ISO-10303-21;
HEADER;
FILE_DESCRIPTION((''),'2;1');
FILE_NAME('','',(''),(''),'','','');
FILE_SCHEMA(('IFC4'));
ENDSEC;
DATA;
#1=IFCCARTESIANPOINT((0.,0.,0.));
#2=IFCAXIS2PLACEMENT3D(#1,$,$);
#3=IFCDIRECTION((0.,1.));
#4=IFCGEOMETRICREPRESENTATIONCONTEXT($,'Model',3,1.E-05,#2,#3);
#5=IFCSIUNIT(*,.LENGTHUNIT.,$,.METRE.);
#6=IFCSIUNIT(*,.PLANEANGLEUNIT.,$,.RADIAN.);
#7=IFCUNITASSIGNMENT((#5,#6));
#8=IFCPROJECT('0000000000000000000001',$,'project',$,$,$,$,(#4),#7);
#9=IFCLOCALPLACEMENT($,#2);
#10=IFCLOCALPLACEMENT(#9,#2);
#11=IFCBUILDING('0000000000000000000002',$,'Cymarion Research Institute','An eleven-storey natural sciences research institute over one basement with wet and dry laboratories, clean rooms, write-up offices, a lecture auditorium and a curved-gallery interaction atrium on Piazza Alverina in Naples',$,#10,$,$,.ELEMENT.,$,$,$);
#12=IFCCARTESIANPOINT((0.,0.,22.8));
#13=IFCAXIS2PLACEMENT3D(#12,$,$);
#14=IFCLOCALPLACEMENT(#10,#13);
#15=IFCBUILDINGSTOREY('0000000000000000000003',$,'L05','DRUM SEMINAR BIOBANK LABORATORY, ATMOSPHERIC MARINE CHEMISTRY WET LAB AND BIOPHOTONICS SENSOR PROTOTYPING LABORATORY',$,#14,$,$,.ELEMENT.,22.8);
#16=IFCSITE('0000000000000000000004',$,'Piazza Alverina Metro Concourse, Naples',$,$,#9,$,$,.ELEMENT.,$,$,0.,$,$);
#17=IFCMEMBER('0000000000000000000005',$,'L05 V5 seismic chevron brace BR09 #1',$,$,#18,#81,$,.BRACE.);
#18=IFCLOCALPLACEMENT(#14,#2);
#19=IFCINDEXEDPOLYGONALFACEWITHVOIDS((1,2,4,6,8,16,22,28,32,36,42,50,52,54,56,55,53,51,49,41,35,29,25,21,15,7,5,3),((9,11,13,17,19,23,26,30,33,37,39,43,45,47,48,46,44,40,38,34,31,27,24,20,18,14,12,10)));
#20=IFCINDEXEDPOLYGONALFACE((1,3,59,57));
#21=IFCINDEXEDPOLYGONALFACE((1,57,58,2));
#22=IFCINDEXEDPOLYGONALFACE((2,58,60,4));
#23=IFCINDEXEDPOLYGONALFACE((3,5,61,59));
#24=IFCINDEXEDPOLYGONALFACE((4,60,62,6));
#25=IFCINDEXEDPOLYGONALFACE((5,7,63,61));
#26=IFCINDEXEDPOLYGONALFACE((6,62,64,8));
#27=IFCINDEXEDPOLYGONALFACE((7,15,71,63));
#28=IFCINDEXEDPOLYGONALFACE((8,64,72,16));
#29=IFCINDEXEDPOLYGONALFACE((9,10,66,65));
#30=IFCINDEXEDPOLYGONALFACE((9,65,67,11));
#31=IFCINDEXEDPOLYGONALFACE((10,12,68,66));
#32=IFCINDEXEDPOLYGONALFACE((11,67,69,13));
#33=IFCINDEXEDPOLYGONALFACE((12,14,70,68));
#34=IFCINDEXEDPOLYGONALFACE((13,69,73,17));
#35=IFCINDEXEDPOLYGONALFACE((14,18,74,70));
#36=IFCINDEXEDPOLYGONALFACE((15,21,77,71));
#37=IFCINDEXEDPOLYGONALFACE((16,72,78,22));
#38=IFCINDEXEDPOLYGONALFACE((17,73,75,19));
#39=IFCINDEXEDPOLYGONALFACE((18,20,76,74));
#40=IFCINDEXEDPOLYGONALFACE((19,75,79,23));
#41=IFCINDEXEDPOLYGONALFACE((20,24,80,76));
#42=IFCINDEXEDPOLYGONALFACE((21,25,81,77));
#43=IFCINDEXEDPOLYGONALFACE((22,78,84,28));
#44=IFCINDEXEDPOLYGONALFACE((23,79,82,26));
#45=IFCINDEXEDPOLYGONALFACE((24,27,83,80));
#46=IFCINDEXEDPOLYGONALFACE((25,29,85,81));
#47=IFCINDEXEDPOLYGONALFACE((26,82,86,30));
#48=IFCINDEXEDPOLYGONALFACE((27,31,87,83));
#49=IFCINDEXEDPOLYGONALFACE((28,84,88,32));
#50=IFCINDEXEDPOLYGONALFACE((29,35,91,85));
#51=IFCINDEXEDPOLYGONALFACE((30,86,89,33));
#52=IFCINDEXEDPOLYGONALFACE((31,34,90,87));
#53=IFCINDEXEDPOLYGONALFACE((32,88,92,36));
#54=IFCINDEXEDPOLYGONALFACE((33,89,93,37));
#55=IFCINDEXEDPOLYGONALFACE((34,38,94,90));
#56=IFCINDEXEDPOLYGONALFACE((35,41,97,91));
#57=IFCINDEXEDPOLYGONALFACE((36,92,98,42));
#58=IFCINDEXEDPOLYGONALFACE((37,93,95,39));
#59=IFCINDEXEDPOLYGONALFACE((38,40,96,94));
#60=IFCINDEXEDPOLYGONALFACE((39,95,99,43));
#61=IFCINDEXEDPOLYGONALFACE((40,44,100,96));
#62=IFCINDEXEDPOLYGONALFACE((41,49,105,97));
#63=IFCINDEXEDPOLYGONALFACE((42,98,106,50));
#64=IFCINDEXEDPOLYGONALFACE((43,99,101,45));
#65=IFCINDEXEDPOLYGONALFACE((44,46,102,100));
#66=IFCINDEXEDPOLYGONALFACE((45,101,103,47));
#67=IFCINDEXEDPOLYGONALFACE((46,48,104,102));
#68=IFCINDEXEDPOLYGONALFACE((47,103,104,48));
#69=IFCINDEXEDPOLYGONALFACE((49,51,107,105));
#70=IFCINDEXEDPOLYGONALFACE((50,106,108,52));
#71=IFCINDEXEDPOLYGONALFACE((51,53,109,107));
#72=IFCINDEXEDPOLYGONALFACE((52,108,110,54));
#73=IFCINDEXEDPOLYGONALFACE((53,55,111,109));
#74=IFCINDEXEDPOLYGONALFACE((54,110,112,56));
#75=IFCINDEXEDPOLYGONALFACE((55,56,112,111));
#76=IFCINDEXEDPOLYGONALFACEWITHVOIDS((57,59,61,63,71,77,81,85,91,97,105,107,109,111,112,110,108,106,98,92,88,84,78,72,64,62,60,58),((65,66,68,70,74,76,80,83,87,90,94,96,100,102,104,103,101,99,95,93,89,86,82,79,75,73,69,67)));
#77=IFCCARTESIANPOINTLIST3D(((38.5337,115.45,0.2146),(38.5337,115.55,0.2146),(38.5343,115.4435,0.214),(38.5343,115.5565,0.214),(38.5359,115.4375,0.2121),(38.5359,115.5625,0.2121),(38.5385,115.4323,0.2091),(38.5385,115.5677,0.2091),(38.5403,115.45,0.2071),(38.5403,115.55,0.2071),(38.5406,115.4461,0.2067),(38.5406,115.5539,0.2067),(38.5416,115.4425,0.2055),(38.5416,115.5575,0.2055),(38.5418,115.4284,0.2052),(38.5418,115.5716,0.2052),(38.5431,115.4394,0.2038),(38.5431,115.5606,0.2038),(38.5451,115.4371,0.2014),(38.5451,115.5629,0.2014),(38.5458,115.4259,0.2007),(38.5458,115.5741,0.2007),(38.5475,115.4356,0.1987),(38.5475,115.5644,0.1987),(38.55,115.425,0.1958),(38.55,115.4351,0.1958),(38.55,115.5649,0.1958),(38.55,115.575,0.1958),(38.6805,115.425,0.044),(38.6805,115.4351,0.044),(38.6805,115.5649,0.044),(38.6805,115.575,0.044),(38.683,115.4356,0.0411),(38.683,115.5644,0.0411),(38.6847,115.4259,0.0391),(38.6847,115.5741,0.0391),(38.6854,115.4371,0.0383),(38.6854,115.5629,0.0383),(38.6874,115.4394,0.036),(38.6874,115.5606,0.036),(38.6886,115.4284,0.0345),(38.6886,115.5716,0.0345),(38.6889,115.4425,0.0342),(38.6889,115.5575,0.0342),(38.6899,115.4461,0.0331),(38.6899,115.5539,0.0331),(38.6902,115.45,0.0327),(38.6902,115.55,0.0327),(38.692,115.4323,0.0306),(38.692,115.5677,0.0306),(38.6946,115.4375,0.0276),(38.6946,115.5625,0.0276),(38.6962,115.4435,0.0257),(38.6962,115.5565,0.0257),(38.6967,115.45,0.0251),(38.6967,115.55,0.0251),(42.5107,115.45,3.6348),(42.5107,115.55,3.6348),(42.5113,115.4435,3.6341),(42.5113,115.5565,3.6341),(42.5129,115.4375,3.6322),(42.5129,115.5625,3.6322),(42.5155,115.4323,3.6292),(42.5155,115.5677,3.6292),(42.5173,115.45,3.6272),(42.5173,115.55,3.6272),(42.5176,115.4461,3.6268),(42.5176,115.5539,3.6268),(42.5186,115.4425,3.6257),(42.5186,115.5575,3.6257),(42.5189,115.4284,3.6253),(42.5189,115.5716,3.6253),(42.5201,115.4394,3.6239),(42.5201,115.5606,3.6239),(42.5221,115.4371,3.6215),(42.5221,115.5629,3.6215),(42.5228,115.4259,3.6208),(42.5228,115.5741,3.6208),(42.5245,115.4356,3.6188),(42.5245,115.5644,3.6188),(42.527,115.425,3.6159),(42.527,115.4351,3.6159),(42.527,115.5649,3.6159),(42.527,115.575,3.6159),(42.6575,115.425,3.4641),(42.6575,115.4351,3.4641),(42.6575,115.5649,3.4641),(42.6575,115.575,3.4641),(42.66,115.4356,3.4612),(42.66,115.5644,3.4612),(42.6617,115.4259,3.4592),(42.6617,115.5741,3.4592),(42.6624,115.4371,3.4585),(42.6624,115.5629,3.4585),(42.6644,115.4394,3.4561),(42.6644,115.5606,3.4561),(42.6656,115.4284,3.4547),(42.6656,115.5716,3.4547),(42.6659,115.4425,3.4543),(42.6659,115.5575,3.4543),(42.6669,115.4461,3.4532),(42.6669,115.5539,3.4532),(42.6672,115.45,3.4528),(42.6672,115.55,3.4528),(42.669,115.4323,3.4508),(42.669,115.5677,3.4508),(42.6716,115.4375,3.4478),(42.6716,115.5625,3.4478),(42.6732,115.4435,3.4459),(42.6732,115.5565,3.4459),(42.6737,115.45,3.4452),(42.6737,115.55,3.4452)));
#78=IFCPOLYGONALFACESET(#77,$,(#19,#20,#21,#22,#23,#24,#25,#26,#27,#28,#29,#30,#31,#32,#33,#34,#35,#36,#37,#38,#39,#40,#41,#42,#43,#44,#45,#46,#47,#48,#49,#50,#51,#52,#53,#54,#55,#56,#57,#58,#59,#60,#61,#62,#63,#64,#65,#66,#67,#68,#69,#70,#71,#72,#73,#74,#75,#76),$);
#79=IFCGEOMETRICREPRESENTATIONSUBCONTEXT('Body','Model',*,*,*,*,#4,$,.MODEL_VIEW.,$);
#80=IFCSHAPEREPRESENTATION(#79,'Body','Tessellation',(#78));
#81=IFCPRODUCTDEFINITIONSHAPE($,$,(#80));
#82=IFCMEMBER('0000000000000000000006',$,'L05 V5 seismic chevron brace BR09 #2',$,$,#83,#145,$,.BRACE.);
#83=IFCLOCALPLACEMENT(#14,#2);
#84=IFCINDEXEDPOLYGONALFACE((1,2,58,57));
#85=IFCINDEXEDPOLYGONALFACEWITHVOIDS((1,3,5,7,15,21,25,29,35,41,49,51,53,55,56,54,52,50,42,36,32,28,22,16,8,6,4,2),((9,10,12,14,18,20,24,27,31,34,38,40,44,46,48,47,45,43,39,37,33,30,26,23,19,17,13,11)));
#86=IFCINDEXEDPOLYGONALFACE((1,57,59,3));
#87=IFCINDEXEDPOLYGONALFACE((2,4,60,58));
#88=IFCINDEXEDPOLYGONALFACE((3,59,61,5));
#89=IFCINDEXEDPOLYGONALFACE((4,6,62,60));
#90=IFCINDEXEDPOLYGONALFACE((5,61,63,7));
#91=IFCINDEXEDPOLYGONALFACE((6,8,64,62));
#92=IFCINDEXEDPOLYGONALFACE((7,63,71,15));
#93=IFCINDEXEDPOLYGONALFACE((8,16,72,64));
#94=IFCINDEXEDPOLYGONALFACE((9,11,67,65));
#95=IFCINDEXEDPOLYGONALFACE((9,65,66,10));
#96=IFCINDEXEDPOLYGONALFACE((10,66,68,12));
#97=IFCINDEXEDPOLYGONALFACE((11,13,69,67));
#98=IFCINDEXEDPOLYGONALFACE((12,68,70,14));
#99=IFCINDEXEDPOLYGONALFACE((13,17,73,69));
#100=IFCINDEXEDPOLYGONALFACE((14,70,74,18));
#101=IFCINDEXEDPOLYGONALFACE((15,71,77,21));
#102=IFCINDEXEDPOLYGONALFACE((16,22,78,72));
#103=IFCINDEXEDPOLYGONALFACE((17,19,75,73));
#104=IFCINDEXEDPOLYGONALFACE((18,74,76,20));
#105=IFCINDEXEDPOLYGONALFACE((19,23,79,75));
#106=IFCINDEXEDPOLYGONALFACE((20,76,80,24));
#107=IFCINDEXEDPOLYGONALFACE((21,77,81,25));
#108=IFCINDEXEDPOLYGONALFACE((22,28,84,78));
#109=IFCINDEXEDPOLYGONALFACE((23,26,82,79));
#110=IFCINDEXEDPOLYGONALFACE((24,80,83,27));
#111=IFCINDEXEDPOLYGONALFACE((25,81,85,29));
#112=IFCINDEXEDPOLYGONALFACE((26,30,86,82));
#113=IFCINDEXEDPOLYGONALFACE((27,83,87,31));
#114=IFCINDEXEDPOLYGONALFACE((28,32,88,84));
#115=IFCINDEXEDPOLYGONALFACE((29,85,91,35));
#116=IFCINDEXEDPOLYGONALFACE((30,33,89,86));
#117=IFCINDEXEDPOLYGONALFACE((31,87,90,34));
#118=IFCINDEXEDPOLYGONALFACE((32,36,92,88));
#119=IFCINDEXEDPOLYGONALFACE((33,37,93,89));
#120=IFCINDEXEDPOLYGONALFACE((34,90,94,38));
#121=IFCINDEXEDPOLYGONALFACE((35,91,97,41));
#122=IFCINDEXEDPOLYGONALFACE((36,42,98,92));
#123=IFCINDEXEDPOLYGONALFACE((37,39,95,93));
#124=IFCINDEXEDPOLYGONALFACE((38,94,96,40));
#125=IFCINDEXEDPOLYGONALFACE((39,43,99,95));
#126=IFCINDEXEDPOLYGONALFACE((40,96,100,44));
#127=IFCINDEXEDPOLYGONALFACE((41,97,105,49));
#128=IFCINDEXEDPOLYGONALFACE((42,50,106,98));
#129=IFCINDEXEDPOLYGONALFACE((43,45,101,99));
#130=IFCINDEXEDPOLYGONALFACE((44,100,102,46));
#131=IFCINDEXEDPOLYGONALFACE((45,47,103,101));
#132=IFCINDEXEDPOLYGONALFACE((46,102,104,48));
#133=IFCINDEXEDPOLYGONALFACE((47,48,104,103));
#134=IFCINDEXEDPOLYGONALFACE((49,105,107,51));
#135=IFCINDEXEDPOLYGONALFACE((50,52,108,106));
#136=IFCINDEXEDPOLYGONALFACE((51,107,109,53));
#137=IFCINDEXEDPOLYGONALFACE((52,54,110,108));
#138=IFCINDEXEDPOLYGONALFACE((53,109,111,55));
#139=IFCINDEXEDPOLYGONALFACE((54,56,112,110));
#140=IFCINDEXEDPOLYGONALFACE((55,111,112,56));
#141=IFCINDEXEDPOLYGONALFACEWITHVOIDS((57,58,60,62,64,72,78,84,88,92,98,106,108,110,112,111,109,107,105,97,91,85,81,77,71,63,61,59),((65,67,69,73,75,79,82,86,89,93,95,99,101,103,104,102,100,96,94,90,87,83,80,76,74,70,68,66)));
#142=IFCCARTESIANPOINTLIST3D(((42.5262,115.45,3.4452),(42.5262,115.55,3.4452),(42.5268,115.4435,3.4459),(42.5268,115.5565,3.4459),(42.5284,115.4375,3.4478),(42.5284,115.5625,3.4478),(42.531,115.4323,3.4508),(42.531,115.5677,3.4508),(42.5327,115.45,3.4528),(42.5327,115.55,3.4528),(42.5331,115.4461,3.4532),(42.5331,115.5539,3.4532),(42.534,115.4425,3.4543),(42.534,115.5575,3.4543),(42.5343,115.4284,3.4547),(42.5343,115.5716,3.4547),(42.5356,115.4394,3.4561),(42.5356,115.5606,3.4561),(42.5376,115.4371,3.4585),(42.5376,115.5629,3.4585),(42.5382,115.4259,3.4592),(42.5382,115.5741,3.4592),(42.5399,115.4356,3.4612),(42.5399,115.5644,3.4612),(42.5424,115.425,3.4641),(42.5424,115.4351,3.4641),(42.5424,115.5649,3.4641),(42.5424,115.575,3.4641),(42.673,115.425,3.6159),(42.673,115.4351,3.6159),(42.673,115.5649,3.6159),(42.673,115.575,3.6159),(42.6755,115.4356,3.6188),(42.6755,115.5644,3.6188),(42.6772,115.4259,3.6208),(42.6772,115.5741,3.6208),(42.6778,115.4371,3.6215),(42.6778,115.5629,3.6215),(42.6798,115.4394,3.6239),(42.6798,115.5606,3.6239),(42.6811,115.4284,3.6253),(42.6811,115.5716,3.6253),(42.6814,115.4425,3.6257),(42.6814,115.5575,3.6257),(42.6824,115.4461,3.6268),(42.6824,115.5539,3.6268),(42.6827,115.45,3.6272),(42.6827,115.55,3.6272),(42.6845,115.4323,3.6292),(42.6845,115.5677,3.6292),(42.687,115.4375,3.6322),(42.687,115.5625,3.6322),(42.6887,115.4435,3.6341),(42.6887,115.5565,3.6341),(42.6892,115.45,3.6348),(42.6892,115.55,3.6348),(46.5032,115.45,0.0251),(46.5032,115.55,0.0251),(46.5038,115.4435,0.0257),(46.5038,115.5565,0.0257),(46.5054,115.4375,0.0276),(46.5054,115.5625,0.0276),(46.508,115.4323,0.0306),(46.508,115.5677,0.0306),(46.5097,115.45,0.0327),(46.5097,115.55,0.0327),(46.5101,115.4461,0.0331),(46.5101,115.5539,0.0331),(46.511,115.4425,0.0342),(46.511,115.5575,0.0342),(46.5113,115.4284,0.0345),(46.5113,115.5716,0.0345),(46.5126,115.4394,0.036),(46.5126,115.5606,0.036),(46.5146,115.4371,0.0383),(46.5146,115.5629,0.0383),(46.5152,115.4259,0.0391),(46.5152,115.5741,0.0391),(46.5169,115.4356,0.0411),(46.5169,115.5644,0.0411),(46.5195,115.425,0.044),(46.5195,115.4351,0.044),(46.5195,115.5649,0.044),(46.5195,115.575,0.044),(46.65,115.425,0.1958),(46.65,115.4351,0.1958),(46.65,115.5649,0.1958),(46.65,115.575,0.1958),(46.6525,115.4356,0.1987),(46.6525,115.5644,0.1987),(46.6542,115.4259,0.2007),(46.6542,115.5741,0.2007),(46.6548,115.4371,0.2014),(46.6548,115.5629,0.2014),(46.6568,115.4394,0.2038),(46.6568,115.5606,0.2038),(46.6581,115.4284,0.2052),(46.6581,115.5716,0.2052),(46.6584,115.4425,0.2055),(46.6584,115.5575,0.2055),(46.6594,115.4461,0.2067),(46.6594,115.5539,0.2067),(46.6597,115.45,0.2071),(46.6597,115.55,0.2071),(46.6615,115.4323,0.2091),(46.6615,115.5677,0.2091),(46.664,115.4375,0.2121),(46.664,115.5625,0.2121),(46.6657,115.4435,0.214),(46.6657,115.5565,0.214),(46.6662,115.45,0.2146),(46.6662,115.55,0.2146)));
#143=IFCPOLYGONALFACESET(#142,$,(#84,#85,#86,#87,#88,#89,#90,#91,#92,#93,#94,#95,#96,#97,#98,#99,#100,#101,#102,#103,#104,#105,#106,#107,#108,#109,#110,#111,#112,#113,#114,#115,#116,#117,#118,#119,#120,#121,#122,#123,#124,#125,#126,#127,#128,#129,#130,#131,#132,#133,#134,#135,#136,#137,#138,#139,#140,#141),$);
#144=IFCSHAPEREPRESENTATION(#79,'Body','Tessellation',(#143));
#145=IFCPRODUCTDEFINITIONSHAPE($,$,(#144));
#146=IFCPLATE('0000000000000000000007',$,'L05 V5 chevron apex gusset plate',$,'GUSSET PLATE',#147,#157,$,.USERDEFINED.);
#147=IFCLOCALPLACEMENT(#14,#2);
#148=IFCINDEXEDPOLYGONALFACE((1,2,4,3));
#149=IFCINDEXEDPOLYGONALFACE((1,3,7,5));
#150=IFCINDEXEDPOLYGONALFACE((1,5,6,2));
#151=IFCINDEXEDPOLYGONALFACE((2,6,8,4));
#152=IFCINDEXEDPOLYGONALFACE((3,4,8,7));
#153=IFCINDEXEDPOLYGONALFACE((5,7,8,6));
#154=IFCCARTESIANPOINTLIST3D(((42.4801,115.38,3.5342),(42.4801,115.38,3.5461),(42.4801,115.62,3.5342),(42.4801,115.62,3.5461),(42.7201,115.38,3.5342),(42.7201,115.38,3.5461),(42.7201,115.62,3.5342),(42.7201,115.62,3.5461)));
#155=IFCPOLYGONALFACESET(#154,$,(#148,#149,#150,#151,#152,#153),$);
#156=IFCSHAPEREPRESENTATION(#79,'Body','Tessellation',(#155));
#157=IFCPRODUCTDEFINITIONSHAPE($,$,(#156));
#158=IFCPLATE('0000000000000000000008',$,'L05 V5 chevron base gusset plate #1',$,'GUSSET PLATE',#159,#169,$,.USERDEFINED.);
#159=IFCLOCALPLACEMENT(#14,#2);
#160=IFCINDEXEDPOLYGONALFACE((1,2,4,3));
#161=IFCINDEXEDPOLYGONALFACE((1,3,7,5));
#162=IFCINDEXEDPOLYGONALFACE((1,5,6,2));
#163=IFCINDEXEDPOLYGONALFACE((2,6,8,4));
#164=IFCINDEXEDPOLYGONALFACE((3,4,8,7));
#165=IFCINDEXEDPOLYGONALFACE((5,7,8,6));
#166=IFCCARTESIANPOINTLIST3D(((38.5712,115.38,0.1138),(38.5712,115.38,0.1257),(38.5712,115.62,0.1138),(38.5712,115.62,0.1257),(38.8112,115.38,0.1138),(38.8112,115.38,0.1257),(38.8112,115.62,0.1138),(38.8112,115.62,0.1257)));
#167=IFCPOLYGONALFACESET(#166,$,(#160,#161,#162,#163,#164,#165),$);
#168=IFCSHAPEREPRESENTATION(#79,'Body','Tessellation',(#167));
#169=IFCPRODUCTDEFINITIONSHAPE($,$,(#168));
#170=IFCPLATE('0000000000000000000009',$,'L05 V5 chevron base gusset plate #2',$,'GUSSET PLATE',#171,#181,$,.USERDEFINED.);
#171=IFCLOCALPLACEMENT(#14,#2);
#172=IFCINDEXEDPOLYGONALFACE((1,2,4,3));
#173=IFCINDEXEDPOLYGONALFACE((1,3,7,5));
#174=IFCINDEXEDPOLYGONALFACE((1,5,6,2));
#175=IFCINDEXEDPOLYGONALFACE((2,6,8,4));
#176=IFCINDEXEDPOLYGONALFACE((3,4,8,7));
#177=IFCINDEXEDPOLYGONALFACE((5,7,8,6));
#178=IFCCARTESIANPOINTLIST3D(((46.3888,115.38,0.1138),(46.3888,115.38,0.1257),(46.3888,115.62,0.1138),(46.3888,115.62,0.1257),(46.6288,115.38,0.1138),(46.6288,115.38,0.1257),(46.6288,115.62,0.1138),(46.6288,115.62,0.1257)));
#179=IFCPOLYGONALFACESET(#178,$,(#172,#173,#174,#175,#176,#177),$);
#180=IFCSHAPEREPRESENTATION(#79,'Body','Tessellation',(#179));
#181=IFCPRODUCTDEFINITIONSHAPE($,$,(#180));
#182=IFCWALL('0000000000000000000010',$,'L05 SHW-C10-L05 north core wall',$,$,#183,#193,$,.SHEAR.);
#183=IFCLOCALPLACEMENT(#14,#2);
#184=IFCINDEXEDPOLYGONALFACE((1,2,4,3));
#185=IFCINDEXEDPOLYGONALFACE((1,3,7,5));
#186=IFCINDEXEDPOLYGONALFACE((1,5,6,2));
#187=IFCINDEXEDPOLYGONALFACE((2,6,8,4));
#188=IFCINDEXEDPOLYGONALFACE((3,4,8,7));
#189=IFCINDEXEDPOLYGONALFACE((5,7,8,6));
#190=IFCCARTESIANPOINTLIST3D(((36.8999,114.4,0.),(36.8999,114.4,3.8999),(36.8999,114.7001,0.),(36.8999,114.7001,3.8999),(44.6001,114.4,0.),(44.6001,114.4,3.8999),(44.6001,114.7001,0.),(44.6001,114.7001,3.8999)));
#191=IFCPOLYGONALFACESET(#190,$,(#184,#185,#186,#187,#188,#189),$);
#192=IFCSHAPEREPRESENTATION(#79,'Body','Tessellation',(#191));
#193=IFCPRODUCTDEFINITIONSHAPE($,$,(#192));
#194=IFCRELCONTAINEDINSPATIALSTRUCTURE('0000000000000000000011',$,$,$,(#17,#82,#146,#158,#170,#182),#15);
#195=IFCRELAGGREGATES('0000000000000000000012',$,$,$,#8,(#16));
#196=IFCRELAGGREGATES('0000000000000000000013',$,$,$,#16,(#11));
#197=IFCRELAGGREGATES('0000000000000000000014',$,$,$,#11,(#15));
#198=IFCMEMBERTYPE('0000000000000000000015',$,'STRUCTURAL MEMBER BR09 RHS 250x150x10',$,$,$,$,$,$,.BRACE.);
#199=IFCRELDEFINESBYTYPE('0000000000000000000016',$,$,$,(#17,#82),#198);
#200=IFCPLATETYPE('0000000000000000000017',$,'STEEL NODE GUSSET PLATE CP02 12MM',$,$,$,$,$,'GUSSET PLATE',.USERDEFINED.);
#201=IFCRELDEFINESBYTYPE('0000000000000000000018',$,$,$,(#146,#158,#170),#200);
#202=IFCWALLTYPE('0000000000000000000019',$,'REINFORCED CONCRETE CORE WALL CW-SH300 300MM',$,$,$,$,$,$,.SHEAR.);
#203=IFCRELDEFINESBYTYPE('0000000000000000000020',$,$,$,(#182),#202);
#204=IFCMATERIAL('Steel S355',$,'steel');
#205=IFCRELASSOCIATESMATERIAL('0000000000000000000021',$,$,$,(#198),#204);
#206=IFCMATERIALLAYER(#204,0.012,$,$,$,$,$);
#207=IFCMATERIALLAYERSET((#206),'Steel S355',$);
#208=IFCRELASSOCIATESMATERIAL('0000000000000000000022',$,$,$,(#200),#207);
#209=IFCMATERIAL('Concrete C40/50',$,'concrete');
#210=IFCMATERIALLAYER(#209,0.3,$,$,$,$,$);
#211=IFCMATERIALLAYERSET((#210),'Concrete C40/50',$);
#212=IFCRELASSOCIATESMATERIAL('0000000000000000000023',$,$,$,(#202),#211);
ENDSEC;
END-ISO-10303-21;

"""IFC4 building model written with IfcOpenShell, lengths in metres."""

from ifc_helpers import new_model, si_unit, direction, frame, frame_2d, origin, origin_2d, place, context, subcontext, project, spatial, rectangle, hollow_rectangle, extrude, material, layer, layer_set, material_profile, profile_set, type_object, element, save


model = new_model("IFC4")

# Units and contexts
model_context = context("Model", 3, precision=1e-05, world=origin(), true_north=direction((0.0, 1.0)))
body_context = subcontext(model_context, "Body", "Model", "MODEL_VIEW")
ifc_project = project(units=[si_unit("LENGTHUNIT", "METRE"), si_unit("PLANEANGLEUNIT", "RADIAN")], contexts=[model_context])

# Site, building, storey
site_placement = place(None, origin())
site = spatial("IfcSite", under=ifc_project, at=site_placement, Name="Piazza Alverina Metro Concourse, Naples", CompositionType="ELEMENT", RefElevation=0.0)
building_placement = place(site_placement, origin())
building = spatial("IfcBuilding", under=site, at=building_placement, Name="Cymarion Research Institute", Description="An eleven-storey natural sciences research institute over one basement with wet and dry laboratories, clean rooms, write-up offices, a lecture auditorium and a curved-gallery interaction atrium on Piazza Alverina in Naples", CompositionType="ELEMENT")
storey_placement = place(building_placement, frame((0.0, 0.0, 22.8)))
storey = spatial("IfcBuildingStorey", under=building, at=storey_placement, Name="L05", Description="DRUM SEMINAR BIOBANK LABORATORY, ATMOSPHERIC MARINE CHEMISTRY WET LAB AND BIOPHOTONICS SENSOR PROTOTYPING LABORATORY", CompositionType="ELEMENT", Elevation=22.8)

# Shared definitions
ifc_material_1 = material(Name="Steel S355", Category="steel")

# Members
ifc_material_profile_1 = material_profile(ifc_material_1, hollow_rectangle(XDim=0.1499, YDim=0.25, WallThickness=0.01, InnerFilletRadius=0.0149, OuterFilletRadius=0.0249, at=origin_2d()), Name="RHS 250x150x10")
ifc_profile_set_1 = profile_set([ifc_material_profile_1], Name="Steel S355")
member_type_1 = type_object("IfcMemberType", Name="STRUCTURAL MEMBER BR09 RHS 250x150x10", PredefinedType="BRACE", material=ifc_profile_set_1)
for number, where, z_axis, x_axis, name in (
    (1, (38.6152, 115.5, 0.1199), (0.758194, 0.0, 0.652029), (0.0, 1.0, 0.0), "L05 V5 seismic chevron brace BR09 #1"),
    (2, (46.5847, 115.5, 0.1199), (-0.758194, 0.0, 0.652029), (0.0, -1.0, 0.0), "L05 V5 seismic chevron brace BR09 #2"),
):
    element("IfcMember", number, at=place(storey_placement, frame(where, z_axis=z_axis, x_axis=x_axis)), inside=storey, type_object=member_type_1, Name=name, PredefinedType="BRACE", context=body_context, shape_type="SweptSolid", body=[
        extrude(hollow_rectangle(XDim=0.1499, YDim=0.25, WallThickness=0.01, InnerFilletRadius=0.0149, OuterFilletRadius=0.0249, at=origin_2d()), origin(), (0.0, 0.0, 1.0), 5.2454),
    ])

# Plates
ifc_layer_1 = layer(ifc_material_1, 0.012)
ifc_layer_set_1 = layer_set([ifc_layer_1], Name="Steel S355")
plate_type = type_object("IfcPlateType", Name="STEEL NODE GUSSET PLATE CP02 12MM", ElementType="GUSSET PLATE", PredefinedType="USERDEFINED", material=ifc_layer_set_1)
for number, where, z_axis, x_axis, name in (
    (3, (42.6001, 115.5, 3.5342), (0.0, 0.0, 1.0), (1.0, 0.0, 0.0), "L05 V5 chevron apex gusset plate"),
    (4, (38.6912, 115.5, 0.1138), (0.0, 0.0, 1.0), (1.0, 0.0, 0.0), "L05 V5 chevron base gusset plate #1"),
    (5, (46.5088, 115.5, 0.1138), (0.0, 0.0, 1.0), (1.0, 0.0, 0.0), "L05 V5 chevron base gusset plate #2"),
):
    element("IfcPlate", number, at=place(storey_placement, frame(where, z_axis=z_axis, x_axis=x_axis)), inside=storey, type_object=plate_type, Name=name, ObjectType="GUSSET PLATE", PredefinedType="USERDEFINED", context=body_context, shape_type="SweptSolid", body=[
        extrude(rectangle(XDim=0.24, YDim=0.24, at=origin_2d()), origin(), (0.0, 0.0, 1.0), 0.012),
    ])

# Wall
ifc_material_2 = material(Name="Concrete C40/50", Category="concrete")
ifc_layer_2 = layer(ifc_material_2, 0.3)
ifc_layer_set_2 = layer_set([ifc_layer_2], Name="Concrete C40/50")
wall_type = type_object("IfcWallType", Name="REINFORCED CONCRETE CORE WALL CW-SH300 300MM", PredefinedType="SHEAR", material=ifc_layer_set_2)
wall_placement = place(storey_placement, frame((44.6001, 114.55, 0.0), z_axis=(0.0, 0.0, 1.0), x_axis=(-1.0, 0.0, 0.0)))
element("IfcWall", 6, at=wall_placement, inside=storey, type_object=wall_type, Name="L05 SHW-C10-L05 north core wall", PredefinedType="SHEAR", context=body_context, shape_type="SweptSolid", body=[
    extrude(rectangle(XDim=7.7002, YDim=0.3, at=frame_2d((3.8501, 0.0))), origin(), (0.0, 0.0, 1.0), 3.8999),
])

save(model, "model.ifc")
